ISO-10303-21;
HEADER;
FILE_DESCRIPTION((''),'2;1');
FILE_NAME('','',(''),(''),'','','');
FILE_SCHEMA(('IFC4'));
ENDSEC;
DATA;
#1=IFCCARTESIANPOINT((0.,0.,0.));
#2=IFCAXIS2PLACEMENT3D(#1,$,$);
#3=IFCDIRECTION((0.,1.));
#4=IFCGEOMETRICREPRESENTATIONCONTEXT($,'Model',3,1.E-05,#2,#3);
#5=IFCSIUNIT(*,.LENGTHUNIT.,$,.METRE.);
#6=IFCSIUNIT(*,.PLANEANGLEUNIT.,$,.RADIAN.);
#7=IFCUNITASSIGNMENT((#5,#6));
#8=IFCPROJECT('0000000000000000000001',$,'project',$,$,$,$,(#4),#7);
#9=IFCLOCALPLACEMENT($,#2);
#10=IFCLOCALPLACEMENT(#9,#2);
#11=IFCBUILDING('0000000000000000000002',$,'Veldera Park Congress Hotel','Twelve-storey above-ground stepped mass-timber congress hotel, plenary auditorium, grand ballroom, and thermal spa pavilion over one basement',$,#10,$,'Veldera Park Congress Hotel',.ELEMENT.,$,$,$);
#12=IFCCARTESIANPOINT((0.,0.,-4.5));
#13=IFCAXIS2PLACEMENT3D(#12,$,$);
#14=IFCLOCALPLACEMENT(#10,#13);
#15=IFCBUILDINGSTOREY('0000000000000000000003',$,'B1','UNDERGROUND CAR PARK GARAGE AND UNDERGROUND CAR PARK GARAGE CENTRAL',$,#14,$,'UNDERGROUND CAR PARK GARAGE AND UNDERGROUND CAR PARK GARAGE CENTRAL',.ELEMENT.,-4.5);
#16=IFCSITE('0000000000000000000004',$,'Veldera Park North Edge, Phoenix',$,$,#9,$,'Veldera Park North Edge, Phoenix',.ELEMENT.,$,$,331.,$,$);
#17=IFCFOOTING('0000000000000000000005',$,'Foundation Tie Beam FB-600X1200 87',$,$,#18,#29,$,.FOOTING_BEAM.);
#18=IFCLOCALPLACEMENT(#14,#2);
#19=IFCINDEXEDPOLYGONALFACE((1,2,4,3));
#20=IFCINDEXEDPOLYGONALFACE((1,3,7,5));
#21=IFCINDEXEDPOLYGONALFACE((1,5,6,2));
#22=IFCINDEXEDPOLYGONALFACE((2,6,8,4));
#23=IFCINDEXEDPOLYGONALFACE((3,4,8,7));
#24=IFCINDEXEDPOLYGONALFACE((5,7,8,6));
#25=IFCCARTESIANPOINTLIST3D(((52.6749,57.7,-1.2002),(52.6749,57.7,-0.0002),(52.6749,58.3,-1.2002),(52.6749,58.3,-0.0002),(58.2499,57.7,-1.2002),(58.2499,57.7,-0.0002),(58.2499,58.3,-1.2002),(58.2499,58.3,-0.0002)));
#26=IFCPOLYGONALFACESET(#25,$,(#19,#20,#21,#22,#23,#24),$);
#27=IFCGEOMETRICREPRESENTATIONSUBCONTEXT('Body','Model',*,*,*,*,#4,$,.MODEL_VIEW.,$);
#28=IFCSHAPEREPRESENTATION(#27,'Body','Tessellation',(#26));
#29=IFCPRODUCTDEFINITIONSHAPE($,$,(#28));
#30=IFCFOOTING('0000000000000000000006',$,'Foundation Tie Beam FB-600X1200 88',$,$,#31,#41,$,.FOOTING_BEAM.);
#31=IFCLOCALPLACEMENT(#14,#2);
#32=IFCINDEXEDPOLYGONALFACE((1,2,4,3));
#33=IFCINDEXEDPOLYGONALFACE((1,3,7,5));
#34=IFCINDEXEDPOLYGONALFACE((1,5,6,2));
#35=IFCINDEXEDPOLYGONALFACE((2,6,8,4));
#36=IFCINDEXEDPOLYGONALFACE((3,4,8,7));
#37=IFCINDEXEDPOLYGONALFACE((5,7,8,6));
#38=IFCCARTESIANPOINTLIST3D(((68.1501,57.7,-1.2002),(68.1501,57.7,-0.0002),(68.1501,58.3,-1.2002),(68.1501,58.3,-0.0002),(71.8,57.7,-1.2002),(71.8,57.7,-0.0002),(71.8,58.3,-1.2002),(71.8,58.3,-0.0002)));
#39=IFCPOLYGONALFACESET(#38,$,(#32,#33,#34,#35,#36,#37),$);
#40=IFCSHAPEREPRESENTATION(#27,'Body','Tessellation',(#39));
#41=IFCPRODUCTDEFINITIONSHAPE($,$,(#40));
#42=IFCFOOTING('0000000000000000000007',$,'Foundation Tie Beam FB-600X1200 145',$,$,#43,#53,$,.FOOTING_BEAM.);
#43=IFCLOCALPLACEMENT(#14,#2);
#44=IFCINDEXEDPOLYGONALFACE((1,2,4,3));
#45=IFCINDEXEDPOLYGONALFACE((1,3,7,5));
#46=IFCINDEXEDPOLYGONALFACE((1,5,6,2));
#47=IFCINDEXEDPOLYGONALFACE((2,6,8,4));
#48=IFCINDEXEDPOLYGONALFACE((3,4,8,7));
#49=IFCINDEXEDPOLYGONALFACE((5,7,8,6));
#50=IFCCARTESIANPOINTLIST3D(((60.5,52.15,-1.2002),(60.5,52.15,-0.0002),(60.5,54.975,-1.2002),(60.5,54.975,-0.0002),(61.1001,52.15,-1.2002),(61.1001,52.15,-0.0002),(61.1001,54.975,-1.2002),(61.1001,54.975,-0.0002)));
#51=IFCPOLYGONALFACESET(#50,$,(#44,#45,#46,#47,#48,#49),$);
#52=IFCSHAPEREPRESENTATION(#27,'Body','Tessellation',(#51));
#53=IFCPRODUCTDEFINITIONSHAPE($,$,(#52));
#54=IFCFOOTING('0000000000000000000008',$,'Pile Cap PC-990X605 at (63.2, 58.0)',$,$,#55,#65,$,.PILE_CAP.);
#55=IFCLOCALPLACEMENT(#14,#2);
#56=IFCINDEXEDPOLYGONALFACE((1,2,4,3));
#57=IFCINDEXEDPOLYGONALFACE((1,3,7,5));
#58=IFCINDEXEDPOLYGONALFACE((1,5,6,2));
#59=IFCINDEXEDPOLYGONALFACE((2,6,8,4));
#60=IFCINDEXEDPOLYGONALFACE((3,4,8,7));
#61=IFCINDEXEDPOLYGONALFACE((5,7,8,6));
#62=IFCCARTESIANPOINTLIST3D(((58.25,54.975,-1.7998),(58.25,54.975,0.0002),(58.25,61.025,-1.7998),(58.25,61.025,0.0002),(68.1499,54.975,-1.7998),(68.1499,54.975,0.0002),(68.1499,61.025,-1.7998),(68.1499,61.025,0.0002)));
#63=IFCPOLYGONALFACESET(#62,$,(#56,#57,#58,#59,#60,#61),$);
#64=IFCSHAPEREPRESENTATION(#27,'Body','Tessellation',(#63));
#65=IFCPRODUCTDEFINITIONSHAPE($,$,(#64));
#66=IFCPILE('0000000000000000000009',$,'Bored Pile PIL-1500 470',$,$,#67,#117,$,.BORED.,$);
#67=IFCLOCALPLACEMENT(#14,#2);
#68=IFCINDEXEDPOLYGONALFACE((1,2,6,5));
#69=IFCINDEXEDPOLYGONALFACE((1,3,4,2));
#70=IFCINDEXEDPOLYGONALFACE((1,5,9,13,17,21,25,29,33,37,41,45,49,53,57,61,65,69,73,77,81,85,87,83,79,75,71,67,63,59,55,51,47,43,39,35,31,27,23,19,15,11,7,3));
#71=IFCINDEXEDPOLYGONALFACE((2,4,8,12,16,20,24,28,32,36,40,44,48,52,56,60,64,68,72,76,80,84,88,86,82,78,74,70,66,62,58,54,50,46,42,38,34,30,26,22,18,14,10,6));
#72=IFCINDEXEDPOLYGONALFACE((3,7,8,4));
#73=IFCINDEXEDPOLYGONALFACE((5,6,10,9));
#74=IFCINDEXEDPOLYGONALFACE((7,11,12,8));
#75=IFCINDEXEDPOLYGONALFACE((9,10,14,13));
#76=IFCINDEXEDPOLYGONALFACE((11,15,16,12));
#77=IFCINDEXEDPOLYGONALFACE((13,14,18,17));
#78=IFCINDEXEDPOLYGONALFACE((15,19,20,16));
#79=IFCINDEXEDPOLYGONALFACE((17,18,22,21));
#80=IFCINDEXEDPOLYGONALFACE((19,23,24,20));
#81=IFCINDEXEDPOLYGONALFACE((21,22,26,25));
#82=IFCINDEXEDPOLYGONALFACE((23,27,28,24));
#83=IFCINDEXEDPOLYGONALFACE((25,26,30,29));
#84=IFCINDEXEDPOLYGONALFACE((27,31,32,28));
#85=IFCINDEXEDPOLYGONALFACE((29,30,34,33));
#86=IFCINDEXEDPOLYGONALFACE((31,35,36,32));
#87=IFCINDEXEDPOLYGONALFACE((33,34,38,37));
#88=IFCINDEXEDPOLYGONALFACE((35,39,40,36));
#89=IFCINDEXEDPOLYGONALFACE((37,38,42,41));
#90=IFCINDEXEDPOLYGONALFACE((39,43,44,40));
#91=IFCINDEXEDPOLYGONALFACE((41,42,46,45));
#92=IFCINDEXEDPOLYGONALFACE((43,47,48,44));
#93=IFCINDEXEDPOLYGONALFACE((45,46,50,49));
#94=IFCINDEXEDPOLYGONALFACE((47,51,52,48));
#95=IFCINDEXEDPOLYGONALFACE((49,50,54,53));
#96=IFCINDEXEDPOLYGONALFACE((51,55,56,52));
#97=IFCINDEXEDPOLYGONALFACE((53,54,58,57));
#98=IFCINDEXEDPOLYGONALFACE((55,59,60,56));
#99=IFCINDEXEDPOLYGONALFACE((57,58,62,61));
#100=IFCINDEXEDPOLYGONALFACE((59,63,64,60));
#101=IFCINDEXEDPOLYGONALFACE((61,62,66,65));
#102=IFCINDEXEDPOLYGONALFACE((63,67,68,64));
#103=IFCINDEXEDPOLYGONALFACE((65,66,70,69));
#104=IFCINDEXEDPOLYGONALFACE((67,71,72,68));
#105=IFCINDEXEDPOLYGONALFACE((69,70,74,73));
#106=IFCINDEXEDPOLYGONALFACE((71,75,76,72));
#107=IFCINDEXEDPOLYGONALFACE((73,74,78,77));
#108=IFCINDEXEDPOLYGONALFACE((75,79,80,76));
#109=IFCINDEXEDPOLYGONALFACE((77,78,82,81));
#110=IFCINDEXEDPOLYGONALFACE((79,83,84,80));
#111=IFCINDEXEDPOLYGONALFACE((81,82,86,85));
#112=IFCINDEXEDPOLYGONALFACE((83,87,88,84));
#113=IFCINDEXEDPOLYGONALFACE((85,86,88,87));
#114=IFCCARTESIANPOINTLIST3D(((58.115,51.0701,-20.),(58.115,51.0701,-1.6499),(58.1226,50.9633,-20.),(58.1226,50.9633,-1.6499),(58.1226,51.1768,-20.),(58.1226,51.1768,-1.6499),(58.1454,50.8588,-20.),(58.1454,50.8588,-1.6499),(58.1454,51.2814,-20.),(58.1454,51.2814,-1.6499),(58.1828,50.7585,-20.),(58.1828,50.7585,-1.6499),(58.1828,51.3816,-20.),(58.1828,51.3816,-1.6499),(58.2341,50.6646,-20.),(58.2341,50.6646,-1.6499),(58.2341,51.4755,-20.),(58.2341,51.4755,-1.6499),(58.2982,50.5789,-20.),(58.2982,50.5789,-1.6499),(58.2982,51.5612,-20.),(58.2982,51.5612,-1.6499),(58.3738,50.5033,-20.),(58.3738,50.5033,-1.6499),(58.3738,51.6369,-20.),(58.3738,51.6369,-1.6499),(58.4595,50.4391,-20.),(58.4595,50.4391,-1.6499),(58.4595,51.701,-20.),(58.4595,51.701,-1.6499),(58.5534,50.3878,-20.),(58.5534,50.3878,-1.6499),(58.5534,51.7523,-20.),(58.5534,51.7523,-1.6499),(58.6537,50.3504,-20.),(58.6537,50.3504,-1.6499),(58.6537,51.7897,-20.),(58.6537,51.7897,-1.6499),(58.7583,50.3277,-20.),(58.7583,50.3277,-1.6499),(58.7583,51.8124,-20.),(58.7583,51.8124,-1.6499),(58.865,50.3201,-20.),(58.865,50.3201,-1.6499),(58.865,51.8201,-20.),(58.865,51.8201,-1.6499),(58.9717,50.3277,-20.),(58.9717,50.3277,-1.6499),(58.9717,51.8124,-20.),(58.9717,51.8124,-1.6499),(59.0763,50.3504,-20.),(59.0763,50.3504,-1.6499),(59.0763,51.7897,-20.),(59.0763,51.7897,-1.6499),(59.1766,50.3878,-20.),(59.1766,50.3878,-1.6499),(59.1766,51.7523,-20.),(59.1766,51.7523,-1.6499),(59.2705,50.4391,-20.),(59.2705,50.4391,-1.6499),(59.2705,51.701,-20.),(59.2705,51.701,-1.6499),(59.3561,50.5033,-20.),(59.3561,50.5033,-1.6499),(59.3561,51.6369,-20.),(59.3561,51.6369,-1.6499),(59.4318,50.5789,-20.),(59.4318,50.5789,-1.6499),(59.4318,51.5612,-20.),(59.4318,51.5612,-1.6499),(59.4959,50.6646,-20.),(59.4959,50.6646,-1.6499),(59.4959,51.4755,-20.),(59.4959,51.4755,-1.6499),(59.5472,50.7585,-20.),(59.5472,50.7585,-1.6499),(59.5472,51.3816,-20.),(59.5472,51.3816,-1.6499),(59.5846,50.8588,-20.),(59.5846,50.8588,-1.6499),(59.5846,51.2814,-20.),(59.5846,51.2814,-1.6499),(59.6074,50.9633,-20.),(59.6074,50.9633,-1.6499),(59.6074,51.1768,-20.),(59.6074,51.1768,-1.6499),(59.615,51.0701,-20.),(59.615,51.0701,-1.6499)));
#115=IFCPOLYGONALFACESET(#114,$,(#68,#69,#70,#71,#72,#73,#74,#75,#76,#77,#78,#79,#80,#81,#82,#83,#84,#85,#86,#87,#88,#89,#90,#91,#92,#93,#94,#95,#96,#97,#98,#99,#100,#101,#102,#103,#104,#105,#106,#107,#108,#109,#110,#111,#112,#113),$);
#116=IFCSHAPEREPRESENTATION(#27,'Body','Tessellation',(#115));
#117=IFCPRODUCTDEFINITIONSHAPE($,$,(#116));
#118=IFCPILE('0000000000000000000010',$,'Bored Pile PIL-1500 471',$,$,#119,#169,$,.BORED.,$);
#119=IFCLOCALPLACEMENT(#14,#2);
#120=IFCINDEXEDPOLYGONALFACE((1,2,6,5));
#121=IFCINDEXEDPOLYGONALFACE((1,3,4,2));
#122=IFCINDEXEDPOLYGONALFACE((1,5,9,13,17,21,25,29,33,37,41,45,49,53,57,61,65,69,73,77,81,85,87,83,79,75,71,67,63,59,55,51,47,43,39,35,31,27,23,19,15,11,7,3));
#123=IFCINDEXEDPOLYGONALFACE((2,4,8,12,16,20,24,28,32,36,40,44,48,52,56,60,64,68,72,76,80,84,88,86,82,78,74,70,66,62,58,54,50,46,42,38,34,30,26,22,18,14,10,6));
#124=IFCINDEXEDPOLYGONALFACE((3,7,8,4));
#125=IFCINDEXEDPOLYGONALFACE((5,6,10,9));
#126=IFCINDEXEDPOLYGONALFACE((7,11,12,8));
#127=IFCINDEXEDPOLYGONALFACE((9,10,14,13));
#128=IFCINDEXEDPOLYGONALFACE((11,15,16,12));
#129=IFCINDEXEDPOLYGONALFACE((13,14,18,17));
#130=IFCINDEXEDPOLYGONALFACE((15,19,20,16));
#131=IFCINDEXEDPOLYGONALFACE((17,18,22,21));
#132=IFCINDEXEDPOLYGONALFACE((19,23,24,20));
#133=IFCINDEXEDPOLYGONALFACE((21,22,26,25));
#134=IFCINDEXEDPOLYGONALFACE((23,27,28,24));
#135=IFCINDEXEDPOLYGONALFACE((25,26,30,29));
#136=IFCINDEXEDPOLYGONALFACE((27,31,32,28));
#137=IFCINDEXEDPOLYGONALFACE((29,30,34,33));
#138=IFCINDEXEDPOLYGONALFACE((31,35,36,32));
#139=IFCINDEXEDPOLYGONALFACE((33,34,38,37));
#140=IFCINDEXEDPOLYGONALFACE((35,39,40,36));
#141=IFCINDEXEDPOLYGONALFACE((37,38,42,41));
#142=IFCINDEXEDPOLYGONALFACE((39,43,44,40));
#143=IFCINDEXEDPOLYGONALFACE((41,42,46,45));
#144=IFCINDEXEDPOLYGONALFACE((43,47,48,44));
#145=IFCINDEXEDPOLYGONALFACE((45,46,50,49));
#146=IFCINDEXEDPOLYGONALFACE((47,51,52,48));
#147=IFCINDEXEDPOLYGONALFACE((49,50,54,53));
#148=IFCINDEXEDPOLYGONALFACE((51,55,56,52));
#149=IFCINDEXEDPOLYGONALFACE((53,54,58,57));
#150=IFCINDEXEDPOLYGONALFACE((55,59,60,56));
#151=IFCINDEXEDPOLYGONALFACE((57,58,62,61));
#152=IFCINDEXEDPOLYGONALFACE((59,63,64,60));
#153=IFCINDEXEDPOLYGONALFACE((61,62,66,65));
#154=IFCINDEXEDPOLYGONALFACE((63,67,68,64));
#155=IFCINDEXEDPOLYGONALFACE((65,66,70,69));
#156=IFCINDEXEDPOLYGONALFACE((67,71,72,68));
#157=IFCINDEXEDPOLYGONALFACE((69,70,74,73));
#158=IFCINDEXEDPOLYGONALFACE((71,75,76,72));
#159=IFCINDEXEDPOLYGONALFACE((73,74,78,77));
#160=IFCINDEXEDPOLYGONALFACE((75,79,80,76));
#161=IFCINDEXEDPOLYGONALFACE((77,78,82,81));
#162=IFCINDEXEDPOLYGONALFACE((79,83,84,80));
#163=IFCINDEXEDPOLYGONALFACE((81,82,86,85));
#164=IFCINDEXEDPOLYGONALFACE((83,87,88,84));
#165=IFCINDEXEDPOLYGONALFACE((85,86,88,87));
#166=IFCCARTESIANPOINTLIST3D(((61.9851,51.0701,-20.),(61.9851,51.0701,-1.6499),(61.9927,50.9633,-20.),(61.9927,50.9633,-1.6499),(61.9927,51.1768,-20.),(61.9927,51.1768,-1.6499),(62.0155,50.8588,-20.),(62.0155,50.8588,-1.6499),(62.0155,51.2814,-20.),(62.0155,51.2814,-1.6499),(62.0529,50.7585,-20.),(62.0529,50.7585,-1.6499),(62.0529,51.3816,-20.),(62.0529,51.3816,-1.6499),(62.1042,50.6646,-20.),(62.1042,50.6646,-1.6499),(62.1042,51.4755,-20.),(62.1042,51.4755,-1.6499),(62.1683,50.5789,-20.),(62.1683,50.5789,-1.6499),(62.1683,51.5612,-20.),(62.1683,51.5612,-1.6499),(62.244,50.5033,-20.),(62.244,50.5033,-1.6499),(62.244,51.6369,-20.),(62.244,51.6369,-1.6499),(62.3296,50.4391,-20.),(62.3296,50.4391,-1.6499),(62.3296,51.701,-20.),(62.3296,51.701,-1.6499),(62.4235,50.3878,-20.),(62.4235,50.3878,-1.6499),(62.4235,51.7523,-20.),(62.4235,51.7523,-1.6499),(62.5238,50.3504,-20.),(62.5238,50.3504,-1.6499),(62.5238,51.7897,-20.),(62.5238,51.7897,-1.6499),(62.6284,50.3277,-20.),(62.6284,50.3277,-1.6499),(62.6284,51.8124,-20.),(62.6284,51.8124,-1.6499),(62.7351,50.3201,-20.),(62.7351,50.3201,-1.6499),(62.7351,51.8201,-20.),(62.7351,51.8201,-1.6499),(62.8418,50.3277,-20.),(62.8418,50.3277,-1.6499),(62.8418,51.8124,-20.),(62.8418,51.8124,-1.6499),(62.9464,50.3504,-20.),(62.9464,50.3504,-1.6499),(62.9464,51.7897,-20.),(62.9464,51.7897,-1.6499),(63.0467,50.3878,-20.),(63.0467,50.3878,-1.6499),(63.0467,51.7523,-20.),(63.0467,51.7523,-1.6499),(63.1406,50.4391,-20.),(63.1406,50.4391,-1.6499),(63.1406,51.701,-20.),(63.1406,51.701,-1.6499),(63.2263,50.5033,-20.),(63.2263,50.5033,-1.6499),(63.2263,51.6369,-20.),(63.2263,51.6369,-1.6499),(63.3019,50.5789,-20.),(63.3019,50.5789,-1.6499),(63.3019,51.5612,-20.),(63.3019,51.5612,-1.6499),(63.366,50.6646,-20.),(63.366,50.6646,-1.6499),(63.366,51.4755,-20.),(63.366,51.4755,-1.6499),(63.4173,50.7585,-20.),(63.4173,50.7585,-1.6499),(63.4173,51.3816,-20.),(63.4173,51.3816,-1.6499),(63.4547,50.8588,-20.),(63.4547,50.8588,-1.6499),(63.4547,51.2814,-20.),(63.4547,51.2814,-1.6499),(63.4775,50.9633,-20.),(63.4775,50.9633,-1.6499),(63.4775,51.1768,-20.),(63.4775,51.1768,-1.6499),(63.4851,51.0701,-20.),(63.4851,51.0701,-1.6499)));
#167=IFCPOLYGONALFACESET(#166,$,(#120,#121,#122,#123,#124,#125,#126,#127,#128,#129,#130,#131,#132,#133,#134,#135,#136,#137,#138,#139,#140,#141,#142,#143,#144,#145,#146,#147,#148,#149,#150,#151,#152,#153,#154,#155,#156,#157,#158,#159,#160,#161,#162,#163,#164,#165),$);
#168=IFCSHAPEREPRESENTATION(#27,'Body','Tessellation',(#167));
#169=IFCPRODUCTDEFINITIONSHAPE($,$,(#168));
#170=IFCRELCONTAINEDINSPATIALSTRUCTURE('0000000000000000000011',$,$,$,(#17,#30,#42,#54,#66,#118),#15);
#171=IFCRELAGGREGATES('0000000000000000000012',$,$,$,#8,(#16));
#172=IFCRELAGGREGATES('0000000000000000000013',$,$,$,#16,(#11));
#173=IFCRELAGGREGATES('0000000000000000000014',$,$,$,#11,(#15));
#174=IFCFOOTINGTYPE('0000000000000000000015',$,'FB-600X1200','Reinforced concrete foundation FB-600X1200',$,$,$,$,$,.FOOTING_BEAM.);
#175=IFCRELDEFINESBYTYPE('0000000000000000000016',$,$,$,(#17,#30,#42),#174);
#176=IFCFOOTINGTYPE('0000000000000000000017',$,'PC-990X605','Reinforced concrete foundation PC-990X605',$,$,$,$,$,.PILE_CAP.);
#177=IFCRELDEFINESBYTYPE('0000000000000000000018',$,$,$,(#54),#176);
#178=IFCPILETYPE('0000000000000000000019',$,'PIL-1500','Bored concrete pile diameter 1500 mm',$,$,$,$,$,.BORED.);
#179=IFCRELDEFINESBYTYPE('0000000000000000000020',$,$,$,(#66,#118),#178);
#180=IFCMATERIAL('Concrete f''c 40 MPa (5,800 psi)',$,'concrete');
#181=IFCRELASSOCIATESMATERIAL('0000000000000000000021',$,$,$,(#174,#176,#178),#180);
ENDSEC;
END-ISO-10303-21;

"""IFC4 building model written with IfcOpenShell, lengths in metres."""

from ifc_helpers import new_model, si_unit, direction, frame, origin, origin_2d, place, context, subcontext, project, spatial, rectangle, circle, extrude, material, material_profile, profile_set, type_object, element, save


model = new_model("IFC4")

# Units and contexts
model_context = context("Model", 3, precision=1e-05, world=origin(), true_north=direction((0.0, 1.0)))
body_context = subcontext(model_context, "Body", "Model", "MODEL_VIEW")
ifc_project = project(units=[si_unit("LENGTHUNIT", "METRE"), si_unit("PLANEANGLEUNIT", "RADIAN")], contexts=[model_context])

# Site, building, storey
site_placement = place(None, origin())
site = spatial("IfcSite", under=ifc_project, at=site_placement, Name="Veldera Park North Edge, Phoenix", LongName="Veldera Park North Edge, Phoenix", CompositionType="ELEMENT", RefElevation=331.0)
building_placement = place(site_placement, origin())
building = spatial("IfcBuilding", under=site, at=building_placement, Name="Veldera Park Congress Hotel", Description="Twelve-storey above-ground stepped mass-timber congress hotel, plenary auditorium, grand ballroom, and thermal spa pavilion over one basement", LongName="Veldera Park Congress Hotel", CompositionType="ELEMENT")
storey_placement = place(building_placement, frame((0.0, 0.0, -4.5)))
storey = spatial("IfcBuildingStorey", under=building, at=storey_placement, Name="B1", Description="UNDERGROUND CAR PARK GARAGE AND UNDERGROUND CAR PARK GARAGE CENTRAL", LongName="UNDERGROUND CAR PARK GARAGE AND UNDERGROUND CAR PARK GARAGE CENTRAL", CompositionType="ELEMENT", Elevation=-4.5)

# Footings
ifc_material_1 = material(Name="Concrete f'c 40 MPa (5,800 psi)", Category="concrete")
footing_type_1 = type_object("IfcFootingType", Name="FB-600X1200", Description="Reinforced concrete foundation FB-600X1200", PredefinedType="FOOTING_BEAM", material=ifc_material_1)
footing_1_placement = place(storey_placement, frame((55.4624, 58.0, -1.2002), z_axis=(0.0, 0.0, 1.0), x_axis=(1.0, 0.0, 0.0)))
element("IfcFooting", 1, at=footing_1_placement, inside=storey, type_object=footing_type_1, Name="Foundation Tie Beam FB-600X1200 87", PredefinedType="FOOTING_BEAM", context=body_context, shape_type="SweptSolid", body=[
    extrude(rectangle(XDim=5.575, YDim=0.6001, at=origin_2d()), origin(), (0.0, 0.0, 1.0), 1.2),
])
footing_2_placement = place(storey_placement, frame((69.9751, 58.0, -1.2002), z_axis=(0.0, 0.0, 1.0), x_axis=(1.0, 0.0, 0.0)))
element("IfcFooting", 2, at=footing_2_placement, inside=storey, type_object=footing_type_1, Name="Foundation Tie Beam FB-600X1200 88", PredefinedType="FOOTING_BEAM", context=body_context, shape_type="SweptSolid", body=[
    extrude(rectangle(XDim=3.6499, YDim=0.6001, at=origin_2d()), origin(), (0.0, 0.0, 1.0), 1.2),
])
footing_3_placement = place(storey_placement, frame((60.8, 53.5625, -1.2002), z_axis=(0.0, 0.0, 1.0), x_axis=(0.0, 1.0, 0.0)))
element("IfcFooting", 3, at=footing_3_placement, inside=storey, type_object=footing_type_1, Name="Foundation Tie Beam FB-600X1200 145", PredefinedType="FOOTING_BEAM", context=body_context, shape_type="SweptSolid", body=[
    extrude(rectangle(XDim=2.825, YDim=0.6001, at=origin_2d()), origin(), (0.0, 0.0, 1.0), 1.2),
])
footing_type_2 = type_object("IfcFootingType", Name="PC-990X605", Description="Reinforced concrete foundation PC-990X605", PredefinedType="PILE_CAP", material=ifc_material_1)
footing_4_placement = place(storey_placement, frame((63.2, 58.0, -1.7998), z_axis=(0.0, 0.0, 1.0), x_axis=(1.0, 0.0, 0.0)))
element("IfcFooting", 4, at=footing_4_placement, inside=storey, type_object=footing_type_2, Name="Pile Cap PC-990X605 at (63.2, 58.0)", PredefinedType="PILE_CAP", context=body_context, shape_type="SweptSolid", body=[
    extrude(rectangle(XDim=9.8999, YDim=6.05, at=origin_2d()), origin(), (0.0, 0.0, 1.0), 1.8),
])

# Piles
ifc_material_profile_1 = material_profile(ifc_material_1, circle(Radius=0.75, at=origin_2d()), Name="PILE D1500")
ifc_profile_set_1 = profile_set([ifc_material_profile_1], Name="Concrete f'c 40 MPa (5,800 psi)")
pile_type = type_object("IfcPileType", Name="PIL-1500", Description="Bored concrete pile diameter 1500 mm", PredefinedType="BORED", material=ifc_profile_set_1)
for number, where, z_axis, x_axis, name in (
    (5, (58.865, 51.0701, -1.6499), (0.0, 0.0, -1.0), (1.0, 0.0, 0.0), "Bored Pile PIL-1500 470"),
    (6, (62.7351, 51.0701, -1.6499), (0.0, 0.0, -1.0), (1.0, 0.0, 0.0), "Bored Pile PIL-1500 471"),
):
    element("IfcPile", number, at=place(storey_placement, frame(where, z_axis=z_axis, x_axis=x_axis)), inside=storey, type_object=pile_type, Name=name, PredefinedType="BORED", context=body_context, shape_type="SweptSolid", body=[
        extrude(circle(Radius=0.75, at=origin_2d()), origin(), (0.0, 0.0, 1.0), 18.3501),
    ])

save(model, "model.ifc")
